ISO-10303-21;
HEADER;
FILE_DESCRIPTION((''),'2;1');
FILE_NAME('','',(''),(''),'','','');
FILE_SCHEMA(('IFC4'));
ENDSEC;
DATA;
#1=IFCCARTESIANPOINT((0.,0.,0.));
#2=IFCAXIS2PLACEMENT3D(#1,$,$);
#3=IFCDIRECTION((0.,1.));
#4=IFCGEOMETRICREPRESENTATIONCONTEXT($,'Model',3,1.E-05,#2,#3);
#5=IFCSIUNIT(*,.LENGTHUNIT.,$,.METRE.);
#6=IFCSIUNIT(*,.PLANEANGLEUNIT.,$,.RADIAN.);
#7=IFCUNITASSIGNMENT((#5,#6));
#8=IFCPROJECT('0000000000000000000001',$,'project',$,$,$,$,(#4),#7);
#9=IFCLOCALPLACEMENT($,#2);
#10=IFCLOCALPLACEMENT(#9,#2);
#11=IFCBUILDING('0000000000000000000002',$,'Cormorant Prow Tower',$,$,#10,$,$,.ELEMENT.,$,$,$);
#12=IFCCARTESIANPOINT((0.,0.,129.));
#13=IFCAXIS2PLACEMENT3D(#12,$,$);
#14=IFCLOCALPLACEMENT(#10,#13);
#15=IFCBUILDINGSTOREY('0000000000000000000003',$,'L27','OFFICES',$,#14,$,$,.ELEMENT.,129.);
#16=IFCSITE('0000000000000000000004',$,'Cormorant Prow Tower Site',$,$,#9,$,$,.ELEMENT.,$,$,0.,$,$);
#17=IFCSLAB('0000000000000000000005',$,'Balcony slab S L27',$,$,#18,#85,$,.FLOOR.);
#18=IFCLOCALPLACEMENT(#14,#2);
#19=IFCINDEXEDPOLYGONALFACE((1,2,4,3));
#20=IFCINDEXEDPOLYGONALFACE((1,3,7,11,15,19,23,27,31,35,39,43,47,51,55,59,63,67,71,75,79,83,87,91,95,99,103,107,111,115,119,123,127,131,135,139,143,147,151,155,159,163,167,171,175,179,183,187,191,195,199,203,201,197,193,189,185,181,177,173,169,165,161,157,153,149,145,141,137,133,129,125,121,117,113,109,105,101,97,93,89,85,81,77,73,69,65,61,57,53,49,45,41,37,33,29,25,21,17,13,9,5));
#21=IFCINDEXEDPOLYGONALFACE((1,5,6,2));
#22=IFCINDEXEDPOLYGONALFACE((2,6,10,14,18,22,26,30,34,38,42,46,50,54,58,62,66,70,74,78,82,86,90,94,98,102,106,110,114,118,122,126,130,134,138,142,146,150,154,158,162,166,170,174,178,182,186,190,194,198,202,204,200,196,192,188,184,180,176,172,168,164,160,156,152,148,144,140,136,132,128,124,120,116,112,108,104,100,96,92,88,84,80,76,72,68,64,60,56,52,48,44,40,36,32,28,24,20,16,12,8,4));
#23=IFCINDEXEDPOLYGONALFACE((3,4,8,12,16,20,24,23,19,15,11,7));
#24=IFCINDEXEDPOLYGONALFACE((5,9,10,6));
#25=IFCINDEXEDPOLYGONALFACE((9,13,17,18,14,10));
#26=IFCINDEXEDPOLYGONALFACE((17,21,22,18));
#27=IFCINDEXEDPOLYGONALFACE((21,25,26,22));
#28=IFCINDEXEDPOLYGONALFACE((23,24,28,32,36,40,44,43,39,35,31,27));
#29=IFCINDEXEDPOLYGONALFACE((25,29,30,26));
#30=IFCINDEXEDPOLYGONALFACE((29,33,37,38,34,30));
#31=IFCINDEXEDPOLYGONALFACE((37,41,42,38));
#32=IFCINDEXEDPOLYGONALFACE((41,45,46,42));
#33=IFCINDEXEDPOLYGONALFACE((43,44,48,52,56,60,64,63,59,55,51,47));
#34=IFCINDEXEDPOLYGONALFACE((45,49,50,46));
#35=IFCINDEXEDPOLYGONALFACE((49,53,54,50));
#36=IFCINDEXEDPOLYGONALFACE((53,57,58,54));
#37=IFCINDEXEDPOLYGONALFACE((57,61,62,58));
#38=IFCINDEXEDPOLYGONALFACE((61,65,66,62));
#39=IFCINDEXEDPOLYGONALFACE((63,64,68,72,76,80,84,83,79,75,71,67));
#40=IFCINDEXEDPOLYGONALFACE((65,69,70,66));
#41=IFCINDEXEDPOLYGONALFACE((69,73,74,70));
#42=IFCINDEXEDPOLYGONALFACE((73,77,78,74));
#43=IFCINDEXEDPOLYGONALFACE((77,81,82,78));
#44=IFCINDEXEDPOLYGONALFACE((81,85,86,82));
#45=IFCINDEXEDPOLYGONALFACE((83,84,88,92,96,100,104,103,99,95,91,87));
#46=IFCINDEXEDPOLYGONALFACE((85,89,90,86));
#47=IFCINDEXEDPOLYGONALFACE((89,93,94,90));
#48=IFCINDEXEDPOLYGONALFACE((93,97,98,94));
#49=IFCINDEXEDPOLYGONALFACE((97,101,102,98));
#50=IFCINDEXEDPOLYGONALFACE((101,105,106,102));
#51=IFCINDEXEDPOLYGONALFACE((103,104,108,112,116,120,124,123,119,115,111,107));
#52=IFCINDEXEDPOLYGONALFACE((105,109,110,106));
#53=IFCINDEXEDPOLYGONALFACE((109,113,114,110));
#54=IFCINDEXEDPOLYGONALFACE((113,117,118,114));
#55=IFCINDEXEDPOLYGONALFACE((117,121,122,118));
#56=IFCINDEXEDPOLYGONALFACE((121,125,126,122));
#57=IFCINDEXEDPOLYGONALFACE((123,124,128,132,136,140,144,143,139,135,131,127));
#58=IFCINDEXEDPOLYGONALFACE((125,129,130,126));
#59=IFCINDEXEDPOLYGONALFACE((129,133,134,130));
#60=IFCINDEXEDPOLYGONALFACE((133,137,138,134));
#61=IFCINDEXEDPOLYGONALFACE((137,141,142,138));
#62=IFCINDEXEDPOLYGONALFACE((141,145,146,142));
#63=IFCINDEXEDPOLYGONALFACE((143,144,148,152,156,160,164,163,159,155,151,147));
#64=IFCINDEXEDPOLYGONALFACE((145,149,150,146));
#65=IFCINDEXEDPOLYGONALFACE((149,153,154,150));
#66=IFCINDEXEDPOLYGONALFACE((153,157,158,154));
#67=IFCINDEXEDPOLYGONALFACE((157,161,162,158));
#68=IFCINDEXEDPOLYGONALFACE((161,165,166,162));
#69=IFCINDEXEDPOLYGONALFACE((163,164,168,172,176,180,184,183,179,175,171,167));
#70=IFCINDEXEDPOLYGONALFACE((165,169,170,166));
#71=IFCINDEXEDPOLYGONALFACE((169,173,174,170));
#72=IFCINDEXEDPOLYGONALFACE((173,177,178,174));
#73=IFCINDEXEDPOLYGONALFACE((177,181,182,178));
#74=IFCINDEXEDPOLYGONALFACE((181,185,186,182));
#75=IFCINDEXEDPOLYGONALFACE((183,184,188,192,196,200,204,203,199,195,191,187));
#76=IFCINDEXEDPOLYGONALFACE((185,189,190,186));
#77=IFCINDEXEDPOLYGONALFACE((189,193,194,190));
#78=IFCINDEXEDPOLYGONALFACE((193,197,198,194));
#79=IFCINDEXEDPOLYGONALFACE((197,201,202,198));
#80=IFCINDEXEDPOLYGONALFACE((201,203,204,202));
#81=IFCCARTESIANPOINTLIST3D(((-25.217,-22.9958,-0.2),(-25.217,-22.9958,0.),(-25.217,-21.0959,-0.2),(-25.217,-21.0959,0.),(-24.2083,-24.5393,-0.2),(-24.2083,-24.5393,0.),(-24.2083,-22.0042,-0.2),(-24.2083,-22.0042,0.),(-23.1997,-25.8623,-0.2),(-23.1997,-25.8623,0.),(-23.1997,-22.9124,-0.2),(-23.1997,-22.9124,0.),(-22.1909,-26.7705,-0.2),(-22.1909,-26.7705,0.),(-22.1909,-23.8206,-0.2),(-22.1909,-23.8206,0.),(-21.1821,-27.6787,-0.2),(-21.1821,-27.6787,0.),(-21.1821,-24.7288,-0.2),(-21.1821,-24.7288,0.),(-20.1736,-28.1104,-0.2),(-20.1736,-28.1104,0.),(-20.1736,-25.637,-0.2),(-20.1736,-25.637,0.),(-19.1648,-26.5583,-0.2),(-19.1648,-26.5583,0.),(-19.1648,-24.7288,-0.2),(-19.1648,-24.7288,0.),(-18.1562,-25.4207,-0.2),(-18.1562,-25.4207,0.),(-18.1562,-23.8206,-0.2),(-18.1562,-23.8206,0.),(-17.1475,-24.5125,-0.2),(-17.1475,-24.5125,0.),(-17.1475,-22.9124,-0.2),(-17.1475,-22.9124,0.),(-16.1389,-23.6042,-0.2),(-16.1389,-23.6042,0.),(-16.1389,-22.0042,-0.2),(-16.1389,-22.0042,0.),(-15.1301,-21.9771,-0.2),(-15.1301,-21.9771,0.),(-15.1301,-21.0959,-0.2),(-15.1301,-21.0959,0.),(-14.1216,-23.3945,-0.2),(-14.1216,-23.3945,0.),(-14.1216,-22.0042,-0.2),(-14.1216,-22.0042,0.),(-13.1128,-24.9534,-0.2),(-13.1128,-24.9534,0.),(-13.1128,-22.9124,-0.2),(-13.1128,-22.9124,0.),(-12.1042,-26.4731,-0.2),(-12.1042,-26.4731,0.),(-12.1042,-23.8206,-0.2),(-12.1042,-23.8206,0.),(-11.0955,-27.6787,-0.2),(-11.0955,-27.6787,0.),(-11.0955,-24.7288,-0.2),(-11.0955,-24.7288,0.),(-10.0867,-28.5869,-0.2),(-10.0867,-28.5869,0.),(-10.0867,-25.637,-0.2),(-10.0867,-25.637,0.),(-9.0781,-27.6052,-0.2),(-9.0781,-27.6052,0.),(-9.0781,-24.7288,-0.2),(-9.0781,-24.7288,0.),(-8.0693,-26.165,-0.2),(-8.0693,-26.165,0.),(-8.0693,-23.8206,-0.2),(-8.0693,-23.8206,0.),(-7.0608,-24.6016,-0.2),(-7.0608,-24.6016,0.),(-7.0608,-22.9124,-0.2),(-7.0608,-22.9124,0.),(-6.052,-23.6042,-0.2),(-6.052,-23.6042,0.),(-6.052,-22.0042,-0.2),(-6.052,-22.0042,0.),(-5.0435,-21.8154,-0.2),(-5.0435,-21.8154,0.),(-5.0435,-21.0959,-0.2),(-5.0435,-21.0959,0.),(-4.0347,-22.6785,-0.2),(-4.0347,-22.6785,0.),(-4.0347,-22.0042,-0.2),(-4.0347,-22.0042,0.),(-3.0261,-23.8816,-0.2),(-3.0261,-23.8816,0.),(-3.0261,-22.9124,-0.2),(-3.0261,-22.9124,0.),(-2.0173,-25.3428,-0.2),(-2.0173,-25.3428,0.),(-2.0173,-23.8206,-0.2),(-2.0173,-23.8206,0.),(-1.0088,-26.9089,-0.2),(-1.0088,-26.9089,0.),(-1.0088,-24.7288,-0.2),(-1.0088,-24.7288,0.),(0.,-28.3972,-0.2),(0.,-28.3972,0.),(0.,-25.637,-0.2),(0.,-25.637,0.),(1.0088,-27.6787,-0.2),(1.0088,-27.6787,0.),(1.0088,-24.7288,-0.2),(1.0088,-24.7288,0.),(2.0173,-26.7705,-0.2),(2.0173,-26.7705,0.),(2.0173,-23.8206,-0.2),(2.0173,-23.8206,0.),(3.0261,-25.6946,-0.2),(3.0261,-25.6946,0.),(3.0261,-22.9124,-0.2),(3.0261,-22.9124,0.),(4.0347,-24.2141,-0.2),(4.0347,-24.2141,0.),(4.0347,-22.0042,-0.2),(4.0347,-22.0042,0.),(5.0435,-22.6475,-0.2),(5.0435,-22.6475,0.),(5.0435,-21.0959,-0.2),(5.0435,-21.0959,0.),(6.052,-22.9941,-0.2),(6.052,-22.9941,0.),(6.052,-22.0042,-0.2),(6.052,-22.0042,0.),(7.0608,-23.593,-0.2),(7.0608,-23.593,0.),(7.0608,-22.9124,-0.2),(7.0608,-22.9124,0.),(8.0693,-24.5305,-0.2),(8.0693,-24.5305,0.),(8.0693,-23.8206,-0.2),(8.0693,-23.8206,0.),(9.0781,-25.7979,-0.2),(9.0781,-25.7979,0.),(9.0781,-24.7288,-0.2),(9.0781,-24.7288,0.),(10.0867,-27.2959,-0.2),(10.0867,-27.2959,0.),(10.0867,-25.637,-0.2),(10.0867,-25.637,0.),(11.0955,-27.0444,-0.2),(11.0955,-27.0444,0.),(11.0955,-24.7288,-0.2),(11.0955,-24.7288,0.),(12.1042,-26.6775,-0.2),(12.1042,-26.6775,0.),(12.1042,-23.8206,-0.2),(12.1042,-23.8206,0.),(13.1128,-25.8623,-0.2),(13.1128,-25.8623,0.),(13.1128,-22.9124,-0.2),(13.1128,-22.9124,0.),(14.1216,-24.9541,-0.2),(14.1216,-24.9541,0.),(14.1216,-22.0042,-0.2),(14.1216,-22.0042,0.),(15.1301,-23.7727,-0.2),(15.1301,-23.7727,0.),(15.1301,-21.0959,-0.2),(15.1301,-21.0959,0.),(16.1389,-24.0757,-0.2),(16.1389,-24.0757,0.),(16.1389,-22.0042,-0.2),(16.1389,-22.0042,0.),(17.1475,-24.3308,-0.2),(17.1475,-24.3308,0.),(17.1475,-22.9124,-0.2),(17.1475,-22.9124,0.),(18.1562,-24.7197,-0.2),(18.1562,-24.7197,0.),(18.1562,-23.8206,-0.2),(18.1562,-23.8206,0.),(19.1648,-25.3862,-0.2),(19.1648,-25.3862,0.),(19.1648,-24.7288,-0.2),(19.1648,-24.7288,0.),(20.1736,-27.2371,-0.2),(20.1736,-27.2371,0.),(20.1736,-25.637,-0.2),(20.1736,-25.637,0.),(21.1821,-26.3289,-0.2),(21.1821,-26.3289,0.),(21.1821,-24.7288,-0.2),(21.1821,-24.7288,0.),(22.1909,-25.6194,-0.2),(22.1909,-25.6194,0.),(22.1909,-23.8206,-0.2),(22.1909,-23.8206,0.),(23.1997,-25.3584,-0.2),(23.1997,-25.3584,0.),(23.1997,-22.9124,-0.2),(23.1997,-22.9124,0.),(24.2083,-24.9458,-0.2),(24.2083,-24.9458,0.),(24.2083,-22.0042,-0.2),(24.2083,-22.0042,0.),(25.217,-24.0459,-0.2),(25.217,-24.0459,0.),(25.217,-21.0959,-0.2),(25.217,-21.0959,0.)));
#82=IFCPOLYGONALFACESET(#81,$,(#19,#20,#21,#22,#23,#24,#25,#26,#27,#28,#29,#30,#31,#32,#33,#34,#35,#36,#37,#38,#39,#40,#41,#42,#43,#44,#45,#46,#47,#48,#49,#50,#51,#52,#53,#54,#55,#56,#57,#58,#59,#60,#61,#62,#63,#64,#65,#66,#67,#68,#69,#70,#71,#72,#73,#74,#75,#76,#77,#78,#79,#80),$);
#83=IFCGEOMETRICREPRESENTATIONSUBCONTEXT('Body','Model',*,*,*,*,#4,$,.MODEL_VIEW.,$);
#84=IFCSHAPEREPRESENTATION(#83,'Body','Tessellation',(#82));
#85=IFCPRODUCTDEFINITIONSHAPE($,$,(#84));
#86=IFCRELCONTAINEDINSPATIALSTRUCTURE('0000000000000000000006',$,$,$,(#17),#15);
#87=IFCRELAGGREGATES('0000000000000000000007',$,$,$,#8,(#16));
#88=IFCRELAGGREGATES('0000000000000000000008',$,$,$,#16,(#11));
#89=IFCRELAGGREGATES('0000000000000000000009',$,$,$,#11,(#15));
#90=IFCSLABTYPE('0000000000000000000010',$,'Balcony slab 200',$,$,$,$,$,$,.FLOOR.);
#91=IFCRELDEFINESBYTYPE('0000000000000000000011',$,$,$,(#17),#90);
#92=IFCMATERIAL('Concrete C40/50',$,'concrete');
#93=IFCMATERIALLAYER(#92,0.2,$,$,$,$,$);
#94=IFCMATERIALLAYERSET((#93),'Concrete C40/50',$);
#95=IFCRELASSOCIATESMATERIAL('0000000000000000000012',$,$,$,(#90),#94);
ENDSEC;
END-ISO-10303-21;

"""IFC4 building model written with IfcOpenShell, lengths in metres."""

from ifc_helpers import new_model, si_unit, direction, frame, origin, place, context, subcontext, project, spatial, polyline, outline, extrude, material, layer, layer_set, type_object, element, save


model = new_model("IFC4")

# Units and contexts
model_context = context("Model", 3, precision=1e-05, world=origin(), true_north=direction((0.0, 1.0)))
body_context = subcontext(model_context, "Body", "Model", "MODEL_VIEW")
ifc_project = project(units=[si_unit("LENGTHUNIT", "METRE"), si_unit("PLANEANGLEUNIT", "RADIAN")], contexts=[model_context])

# Site, building, storey
site_placement = place(None, origin())
site = spatial("IfcSite", under=ifc_project, at=site_placement, Name="Cormorant Prow Tower Site", CompositionType="ELEMENT", RefElevation=0.0)
building_placement = place(site_placement, origin())
building = spatial("IfcBuilding", under=site, at=building_placement, Name="Cormorant Prow Tower", CompositionType="ELEMENT")
storey_placement = place(building_placement, frame((0.0, 0.0, 129.0)))
storey = spatial("IfcBuildingStorey", under=building, at=storey_placement, Name="L27", Description="OFFICES", CompositionType="ELEMENT", Elevation=129.0)

# Slab
ifc_material_1 = material(Name="Concrete C40/50", Category="concrete")
ifc_layer_1 = layer(ifc_material_1, 0.2)
ifc_layer_set_1 = layer_set([ifc_layer_1], Name="Concrete C40/50")
slab_type_1 = type_object("IfcSlabType", Name="Balcony slab 200", PredefinedType="FLOOR", material=ifc_layer_set_1)
slab_1_placement = place(storey_placement, frame((0.0, 0.0, -0.2)))
element("IfcSlab", 1, at=slab_1_placement, inside=storey, type_object=slab_type_1, Name="Balcony slab S L27", PredefinedType="FLOOR", context=body_context, shape_type="SweptSolid", body=[
    extrude(outline(polyline([(-25.217, -21.0959), (-25.217, -22.9958), (-24.2083, -24.5393), (-23.1997, -25.8623), (-22.1909, -26.7705), (-21.1821, -27.6787), (-20.1736, -28.1104), (-19.1648, -26.5583), (-18.1562, -25.4207), (-17.1475, -24.5125), (-16.1389, -23.6042), (-15.1301, -21.9771), (-14.1216, -23.3945), (-13.1128, -24.9534), (-12.1042, -26.4731), (-11.0955, -27.6787), (-10.0867, -28.5869), (-9.0781, -27.6052), (-8.0693, -26.165), (-7.0608, -24.6016), (-6.052, -23.6042), (-5.0435, -21.8154), (-4.0347, -22.6785), (-3.0261, -23.8816), (-2.0173, -25.3428), (-1.0088, -26.9089), (0.0, -28.3972), (1.0088, -27.6787), (2.0173, -26.7705), (3.0261, -25.6946), (4.0347, -24.2141), (5.0435, -22.6475), (6.052, -22.9941), (7.0608, -23.593), (8.0693, -24.5305), (9.0781, -25.7979), (10.0867, -27.2959), (11.0955, -27.0444), (12.1042, -26.6775), (13.1128, -25.8623), (14.1216, -24.9541), (15.1301, -23.7727), (16.1389, -24.0757), (17.1475, -24.3308), (18.1562, -24.7197), (19.1648, -25.3862), (20.1736, -27.2371), (21.1821, -26.3289), (22.1909, -25.6194), (23.1997, -25.3584), (24.2083, -24.9458), (25.217, -24.0459), (25.217, -21.0959), (24.2083, -22.0042), (23.1997, -22.9124), (22.1909, -23.8206), (21.1821, -24.7288), (20.1736, -25.637), (19.1648, -24.7288), (18.1562, -23.8206), (17.1475, -22.9124), (16.1389, -22.0042), (15.1301, -21.0959), (14.1216, -22.0042), (13.1128, -22.9124), (12.1042, -23.8206), (11.0955, -24.7288), (10.0867, -25.637), (9.0781, -24.7288), (8.0693, -23.8206), (7.0608, -22.9124), (6.052, -22.0042), (5.0435, -21.0959), (4.0347, -22.0042), (3.0261, -22.9124), (2.0173, -23.8206), (1.0088, -24.7288), (0.0, -25.637), (-1.0088, -24.7288), (-2.0173, -23.8206), (-3.0261, -22.9124), (-4.0347, -22.0042), (-5.0435, -21.0959), (-6.052, -22.0042), (-7.0608, -22.9124), (-8.0693, -23.8206), (-9.0781, -24.7288), (-10.0867, -25.637), (-11.0955, -24.7288), (-12.1042, -23.8206), (-13.1128, -22.9124), (-14.1216, -22.0042), (-15.1301, -21.0959), (-16.1389, -22.0042), (-17.1475, -22.9124), (-18.1562, -23.8206), (-19.1648, -24.7288), (-20.1736, -25.637), (-21.1821, -24.7288), (-22.1909, -23.8206), (-23.1997, -22.9124), (-24.2083, -22.0042), (-25.217, -21.0959)])), origin(), (0.0, 0.0, 1.0), 0.2),
])

save(model, "model.ifc")
